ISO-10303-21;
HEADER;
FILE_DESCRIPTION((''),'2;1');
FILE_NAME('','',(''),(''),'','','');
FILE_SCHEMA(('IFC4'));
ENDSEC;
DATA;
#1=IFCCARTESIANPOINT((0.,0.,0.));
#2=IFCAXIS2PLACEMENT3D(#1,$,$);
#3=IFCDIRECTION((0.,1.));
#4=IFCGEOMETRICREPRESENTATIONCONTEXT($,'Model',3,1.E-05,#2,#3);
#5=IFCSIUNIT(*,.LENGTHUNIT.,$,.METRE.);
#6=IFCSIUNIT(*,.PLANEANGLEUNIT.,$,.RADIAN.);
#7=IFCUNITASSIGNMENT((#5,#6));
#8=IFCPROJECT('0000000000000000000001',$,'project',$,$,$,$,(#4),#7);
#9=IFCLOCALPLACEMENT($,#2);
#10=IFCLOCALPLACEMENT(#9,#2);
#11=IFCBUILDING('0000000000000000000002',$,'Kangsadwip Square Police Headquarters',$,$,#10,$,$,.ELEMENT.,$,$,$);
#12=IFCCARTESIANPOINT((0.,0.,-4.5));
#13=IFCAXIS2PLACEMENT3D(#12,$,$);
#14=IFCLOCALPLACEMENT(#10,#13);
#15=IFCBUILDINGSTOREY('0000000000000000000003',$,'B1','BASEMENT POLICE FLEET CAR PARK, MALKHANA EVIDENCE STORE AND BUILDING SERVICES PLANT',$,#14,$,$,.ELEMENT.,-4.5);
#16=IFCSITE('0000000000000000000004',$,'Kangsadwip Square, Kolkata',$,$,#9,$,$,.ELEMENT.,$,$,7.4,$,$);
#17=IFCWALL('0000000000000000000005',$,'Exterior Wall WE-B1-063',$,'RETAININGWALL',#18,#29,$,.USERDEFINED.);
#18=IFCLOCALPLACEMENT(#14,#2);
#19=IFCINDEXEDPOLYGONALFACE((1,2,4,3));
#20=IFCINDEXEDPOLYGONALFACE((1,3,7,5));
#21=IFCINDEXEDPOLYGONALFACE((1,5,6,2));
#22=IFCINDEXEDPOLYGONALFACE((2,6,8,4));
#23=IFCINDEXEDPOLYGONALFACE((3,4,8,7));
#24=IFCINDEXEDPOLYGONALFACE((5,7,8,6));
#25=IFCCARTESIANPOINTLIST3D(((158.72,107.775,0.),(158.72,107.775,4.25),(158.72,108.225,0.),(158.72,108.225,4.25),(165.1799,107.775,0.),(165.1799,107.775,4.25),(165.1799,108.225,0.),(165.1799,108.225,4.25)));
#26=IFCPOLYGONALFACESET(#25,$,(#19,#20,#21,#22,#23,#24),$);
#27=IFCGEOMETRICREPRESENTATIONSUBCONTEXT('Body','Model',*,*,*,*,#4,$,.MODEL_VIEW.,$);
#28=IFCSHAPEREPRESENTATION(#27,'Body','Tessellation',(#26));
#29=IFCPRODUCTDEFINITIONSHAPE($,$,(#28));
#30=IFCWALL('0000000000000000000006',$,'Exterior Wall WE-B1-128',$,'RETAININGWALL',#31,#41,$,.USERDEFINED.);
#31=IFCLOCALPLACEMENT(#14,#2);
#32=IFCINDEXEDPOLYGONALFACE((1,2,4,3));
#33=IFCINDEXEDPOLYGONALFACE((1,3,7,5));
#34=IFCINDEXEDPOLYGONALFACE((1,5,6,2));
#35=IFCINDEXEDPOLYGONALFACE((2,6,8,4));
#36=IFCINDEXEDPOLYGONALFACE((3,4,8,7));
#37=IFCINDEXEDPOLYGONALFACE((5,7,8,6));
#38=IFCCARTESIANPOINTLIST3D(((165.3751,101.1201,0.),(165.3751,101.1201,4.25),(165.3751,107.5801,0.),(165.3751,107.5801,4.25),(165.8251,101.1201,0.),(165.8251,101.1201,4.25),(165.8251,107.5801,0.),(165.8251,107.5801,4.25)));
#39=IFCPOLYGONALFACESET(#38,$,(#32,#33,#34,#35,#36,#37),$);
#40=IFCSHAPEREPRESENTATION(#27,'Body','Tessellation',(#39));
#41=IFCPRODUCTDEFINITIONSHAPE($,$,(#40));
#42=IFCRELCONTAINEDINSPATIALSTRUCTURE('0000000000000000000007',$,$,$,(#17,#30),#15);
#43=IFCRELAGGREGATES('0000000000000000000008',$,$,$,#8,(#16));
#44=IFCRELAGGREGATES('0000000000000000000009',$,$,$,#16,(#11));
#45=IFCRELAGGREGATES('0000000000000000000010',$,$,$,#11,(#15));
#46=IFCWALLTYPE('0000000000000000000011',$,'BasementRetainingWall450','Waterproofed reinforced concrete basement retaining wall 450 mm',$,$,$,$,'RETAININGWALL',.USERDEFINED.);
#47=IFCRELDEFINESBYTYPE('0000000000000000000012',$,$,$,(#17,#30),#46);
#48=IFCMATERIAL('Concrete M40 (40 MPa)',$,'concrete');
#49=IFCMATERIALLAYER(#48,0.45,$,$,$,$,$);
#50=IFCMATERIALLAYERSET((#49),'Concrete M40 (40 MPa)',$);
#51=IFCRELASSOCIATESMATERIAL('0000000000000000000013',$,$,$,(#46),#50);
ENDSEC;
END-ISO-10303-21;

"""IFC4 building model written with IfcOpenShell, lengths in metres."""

from ifc_helpers import new_model, si_unit, direction, frame, frame_2d, origin, place, context, subcontext, project, spatial, rectangle, extrude, material, layer, layer_set, type_object, element, save


model = new_model("IFC4")

# Units and contexts
model_context = context("Model", 3, precision=1e-05, world=origin(), true_north=direction((0.0, 1.0)))
body_context = subcontext(model_context, "Body", "Model", "MODEL_VIEW")
ifc_project = project(units=[si_unit("LENGTHUNIT", "METRE"), si_unit("PLANEANGLEUNIT", "RADIAN")], contexts=[model_context])

# Site, building, storey
site_placement = place(None, origin())
site = spatial("IfcSite", under=ifc_project, at=site_placement, Name="Kangsadwip Square, Kolkata", CompositionType="ELEMENT", RefElevation=7.4)
building_placement = place(site_placement, origin())
building = spatial("IfcBuilding", under=site, at=building_placement, Name="Kangsadwip Square Police Headquarters", CompositionType="ELEMENT")
storey_placement = place(building_placement, frame((0.0, 0.0, -4.5)))
storey = spatial("IfcBuildingStorey", under=building, at=storey_placement, Name="B1", Description="BASEMENT POLICE FLEET CAR PARK, MALKHANA EVIDENCE STORE AND BUILDING SERVICES PLANT", CompositionType="ELEMENT", Elevation=-4.5)

# Walls
ifc_material_1 = material(Name="Concrete M40 (40 MPa)", Category="concrete")
ifc_layer = layer(ifc_material_1, 0.45)
ifc_layer_set = layer_set([ifc_layer], Name="Concrete M40 (40 MPa)")
wall_type = type_object("IfcWallType", Name="BasementRetainingWall450", Description="Waterproofed reinforced concrete basement retaining wall 450 mm", ElementType="RETAININGWALL", PredefinedType="USERDEFINED", material=ifc_layer_set)
for number, where, z_axis, x_axis, name in (
    (1, (158.72, 108.0, 0.0), (0.0, 0.0, 1.0), (1.0, 0.0, 0.0), "Exterior Wall WE-B1-063"),
    (2, (165.6001, 101.1201, 0.0), (0.0, 0.0, 1.0), (0.0, 1.0, 0.0), "Exterior Wall WE-B1-128"),
):
    element("IfcWall", number, at=place(storey_placement, frame(where, z_axis=z_axis, x_axis=x_axis)), inside=storey, type_object=wall_type, Name=name, ObjectType="RETAININGWALL", PredefinedType="USERDEFINED", context=body_context, shape_type="SweptSolid", body=[
        extrude(rectangle(XDim=6.46, YDim=0.45, at=frame_2d((3.23, 0.0))), origin(), (0.0, 0.0, 1.0), 4.25),
    ])

save(model, "model.ifc")
